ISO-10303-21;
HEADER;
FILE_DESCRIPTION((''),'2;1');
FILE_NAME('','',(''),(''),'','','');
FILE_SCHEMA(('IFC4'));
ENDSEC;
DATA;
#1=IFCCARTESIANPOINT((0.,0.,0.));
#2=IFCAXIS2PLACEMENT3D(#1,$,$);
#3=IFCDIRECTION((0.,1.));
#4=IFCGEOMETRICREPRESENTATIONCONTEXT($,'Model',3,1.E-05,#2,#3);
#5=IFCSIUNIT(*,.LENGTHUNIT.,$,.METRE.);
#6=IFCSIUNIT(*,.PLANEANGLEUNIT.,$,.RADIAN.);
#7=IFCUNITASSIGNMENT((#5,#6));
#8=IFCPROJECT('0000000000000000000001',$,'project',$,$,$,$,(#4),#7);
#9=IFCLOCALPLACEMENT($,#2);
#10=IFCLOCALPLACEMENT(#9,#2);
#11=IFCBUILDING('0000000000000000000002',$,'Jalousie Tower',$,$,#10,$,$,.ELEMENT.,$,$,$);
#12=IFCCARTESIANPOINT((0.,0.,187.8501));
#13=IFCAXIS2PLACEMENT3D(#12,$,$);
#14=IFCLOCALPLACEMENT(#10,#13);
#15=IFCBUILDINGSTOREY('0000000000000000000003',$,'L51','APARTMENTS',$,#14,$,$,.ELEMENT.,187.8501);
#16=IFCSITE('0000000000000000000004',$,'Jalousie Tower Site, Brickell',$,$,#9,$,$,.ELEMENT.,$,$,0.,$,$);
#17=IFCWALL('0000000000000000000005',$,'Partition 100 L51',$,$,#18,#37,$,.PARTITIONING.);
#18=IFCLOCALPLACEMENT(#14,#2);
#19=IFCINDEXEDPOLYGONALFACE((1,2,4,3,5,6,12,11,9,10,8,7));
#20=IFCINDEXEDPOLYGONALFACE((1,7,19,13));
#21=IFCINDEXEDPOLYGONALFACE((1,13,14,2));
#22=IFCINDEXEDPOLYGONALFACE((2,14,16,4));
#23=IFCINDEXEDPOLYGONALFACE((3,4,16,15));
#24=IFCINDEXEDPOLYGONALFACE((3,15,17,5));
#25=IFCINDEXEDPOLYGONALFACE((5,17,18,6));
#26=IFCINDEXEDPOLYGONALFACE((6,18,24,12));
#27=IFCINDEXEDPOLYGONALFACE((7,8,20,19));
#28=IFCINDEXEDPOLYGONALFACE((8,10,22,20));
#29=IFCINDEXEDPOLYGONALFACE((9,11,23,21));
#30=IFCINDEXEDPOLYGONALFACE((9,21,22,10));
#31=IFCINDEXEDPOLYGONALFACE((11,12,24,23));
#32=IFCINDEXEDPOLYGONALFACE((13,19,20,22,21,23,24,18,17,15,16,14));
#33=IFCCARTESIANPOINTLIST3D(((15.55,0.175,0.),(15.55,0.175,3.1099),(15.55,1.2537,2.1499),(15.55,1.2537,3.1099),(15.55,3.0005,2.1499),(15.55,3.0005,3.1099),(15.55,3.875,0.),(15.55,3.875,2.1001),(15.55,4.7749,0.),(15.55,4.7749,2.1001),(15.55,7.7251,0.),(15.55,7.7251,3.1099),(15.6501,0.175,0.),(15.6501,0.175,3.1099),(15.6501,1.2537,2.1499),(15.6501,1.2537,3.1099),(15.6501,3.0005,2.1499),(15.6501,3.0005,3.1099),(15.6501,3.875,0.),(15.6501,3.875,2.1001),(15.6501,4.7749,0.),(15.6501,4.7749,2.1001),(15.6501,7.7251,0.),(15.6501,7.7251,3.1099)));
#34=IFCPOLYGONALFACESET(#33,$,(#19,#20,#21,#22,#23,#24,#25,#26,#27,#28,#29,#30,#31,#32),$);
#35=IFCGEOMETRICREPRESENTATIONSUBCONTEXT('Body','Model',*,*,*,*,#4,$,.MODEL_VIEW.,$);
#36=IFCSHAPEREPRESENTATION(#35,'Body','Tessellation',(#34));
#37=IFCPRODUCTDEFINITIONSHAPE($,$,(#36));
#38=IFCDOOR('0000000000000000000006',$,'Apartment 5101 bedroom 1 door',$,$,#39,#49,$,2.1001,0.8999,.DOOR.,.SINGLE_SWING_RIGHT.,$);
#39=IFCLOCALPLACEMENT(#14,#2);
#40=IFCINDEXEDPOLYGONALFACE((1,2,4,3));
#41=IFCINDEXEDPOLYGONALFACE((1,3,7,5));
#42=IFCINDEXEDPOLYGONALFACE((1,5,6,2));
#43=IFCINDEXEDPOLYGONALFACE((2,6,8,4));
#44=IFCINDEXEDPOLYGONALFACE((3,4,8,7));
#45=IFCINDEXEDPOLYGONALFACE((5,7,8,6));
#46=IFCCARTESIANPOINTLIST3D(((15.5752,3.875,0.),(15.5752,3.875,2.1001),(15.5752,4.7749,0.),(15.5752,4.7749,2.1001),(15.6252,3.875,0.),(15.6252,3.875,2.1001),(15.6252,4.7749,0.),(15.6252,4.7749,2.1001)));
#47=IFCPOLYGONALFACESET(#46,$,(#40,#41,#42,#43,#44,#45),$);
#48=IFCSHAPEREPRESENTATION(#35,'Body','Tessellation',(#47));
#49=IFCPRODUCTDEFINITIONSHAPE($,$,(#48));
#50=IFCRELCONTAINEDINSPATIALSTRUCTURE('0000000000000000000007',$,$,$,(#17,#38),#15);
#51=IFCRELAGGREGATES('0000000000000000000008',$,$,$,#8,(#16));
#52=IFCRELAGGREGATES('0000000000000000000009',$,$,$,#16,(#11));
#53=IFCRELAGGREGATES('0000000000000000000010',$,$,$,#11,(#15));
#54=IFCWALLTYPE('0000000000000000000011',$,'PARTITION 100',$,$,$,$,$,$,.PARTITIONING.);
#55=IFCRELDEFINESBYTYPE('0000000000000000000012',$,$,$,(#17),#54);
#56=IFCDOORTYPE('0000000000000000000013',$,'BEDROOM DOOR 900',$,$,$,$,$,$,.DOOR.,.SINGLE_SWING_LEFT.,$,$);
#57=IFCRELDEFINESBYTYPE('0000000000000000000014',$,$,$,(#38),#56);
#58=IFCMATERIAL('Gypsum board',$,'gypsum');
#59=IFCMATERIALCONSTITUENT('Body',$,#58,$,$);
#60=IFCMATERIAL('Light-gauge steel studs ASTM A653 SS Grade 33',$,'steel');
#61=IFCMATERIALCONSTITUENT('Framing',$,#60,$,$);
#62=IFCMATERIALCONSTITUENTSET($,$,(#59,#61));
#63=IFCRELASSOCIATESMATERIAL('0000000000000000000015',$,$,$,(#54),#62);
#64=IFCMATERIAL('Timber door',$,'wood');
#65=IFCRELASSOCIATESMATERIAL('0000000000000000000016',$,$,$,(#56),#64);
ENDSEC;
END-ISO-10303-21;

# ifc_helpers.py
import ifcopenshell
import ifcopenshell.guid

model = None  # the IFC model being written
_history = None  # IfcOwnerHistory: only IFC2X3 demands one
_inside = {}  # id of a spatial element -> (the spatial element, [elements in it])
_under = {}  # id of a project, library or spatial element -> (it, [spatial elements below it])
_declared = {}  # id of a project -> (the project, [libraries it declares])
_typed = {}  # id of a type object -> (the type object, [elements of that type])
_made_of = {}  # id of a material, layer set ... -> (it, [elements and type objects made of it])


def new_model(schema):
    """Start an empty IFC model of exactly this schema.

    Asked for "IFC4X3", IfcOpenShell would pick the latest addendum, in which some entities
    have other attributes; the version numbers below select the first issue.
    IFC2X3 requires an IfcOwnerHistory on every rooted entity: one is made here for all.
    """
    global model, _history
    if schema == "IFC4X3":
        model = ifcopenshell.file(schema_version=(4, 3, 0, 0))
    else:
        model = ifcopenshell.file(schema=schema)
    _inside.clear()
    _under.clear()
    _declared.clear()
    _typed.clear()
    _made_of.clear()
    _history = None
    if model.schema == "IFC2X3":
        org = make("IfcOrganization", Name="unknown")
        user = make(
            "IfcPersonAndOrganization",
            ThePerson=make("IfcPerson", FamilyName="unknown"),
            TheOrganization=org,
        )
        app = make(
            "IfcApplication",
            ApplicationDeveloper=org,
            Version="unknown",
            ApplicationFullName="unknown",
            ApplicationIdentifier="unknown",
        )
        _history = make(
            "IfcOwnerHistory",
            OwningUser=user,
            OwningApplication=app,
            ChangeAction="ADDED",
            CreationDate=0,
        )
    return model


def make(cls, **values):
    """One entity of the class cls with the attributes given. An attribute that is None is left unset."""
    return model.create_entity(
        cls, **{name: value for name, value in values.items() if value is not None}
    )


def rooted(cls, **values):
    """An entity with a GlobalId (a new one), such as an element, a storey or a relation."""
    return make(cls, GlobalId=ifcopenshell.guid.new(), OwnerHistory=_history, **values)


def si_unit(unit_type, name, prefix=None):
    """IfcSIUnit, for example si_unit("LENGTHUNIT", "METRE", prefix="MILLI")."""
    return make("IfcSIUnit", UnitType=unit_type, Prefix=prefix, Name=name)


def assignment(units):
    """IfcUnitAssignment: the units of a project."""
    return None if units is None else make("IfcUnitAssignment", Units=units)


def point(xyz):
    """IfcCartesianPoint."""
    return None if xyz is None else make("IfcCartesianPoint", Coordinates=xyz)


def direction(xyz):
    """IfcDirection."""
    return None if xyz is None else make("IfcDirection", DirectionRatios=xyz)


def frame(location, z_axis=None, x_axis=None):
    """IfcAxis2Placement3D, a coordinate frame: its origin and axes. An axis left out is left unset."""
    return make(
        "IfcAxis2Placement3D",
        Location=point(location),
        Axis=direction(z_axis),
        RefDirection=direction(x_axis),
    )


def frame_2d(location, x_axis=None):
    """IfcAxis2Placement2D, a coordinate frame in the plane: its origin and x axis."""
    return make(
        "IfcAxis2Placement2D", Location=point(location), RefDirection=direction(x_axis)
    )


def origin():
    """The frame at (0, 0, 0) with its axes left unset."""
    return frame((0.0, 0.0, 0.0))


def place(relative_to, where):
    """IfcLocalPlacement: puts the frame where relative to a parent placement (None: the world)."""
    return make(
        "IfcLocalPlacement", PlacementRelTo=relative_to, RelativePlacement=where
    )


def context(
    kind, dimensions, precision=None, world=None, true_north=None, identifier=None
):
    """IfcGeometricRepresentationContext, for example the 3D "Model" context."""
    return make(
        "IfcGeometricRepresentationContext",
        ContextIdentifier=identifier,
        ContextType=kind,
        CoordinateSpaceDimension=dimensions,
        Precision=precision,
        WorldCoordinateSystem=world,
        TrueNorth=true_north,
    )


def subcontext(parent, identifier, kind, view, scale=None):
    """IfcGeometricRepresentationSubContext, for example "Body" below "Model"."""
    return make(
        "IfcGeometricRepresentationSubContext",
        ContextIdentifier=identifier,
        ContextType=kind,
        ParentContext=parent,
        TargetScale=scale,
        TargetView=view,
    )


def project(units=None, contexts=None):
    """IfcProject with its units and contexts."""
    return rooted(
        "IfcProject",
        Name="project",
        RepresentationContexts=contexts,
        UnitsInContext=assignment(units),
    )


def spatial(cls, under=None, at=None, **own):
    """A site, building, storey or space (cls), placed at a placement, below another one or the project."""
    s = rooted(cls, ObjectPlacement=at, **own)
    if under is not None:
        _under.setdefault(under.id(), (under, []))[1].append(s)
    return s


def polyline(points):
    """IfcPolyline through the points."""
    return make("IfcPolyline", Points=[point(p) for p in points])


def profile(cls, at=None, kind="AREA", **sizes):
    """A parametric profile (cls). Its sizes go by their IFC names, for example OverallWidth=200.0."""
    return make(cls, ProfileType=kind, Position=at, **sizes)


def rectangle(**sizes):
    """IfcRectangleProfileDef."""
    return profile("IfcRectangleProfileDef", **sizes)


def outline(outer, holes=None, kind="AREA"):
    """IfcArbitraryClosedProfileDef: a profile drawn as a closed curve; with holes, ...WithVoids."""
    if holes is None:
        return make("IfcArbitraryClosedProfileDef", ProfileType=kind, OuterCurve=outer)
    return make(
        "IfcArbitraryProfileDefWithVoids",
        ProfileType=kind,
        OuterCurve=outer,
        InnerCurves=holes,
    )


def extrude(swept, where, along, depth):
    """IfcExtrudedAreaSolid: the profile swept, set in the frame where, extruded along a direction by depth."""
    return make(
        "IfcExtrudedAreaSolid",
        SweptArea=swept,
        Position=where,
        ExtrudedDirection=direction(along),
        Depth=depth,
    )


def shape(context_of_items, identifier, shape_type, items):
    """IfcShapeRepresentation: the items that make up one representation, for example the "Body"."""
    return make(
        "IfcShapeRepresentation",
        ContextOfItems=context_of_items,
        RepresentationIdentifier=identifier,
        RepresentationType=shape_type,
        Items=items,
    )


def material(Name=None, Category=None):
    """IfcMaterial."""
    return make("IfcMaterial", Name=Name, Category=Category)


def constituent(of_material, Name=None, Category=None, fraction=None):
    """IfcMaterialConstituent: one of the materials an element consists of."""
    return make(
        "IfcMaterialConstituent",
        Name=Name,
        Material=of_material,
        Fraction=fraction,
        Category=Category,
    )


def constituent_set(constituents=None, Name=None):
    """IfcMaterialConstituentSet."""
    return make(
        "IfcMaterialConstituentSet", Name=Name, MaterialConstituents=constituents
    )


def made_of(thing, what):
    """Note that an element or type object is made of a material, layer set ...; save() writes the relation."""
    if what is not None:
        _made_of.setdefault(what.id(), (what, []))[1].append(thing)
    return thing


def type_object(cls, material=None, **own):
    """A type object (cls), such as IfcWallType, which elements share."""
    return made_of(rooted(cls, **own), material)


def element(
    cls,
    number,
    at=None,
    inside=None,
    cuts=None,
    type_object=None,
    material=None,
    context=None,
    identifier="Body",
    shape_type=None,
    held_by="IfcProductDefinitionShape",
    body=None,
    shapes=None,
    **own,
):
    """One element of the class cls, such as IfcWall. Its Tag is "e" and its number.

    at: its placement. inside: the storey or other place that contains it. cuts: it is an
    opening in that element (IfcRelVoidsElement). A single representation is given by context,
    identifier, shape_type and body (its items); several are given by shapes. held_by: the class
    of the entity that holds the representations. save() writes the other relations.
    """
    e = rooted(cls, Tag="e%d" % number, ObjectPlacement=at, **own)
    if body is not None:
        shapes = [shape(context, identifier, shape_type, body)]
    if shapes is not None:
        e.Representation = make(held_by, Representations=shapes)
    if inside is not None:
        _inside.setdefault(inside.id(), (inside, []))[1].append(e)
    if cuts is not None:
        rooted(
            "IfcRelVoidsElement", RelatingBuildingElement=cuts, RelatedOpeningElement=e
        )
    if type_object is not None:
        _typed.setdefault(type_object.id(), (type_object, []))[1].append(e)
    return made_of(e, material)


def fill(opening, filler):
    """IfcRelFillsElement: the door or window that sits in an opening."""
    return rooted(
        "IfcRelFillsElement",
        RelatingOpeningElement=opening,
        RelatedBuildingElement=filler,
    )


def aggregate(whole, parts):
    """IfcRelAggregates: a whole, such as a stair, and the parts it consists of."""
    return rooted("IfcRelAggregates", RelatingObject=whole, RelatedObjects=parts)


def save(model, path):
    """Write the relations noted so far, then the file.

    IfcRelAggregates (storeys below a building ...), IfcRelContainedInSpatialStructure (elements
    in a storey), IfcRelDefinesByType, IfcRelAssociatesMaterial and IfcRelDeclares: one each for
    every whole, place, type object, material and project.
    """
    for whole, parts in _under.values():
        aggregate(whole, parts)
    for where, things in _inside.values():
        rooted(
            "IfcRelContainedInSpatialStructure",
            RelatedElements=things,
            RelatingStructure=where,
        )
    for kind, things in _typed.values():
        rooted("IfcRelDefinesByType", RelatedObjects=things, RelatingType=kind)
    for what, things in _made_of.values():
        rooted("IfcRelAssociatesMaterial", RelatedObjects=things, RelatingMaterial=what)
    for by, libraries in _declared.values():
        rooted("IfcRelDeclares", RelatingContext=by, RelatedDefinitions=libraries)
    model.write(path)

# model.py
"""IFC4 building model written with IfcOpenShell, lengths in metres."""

from ifc_helpers import new_model, si_unit, direction, frame, frame_2d, origin, place, context, subcontext, project, spatial, polyline, rectangle, outline, extrude, material, constituent, constituent_set, type_object, element, fill, save


model = new_model("IFC4")

# Units and contexts
model_context = context("Model", 3, precision=1e-05, world=origin(), true_north=direction((0.0, 1.0)))
body_context = subcontext(model_context, "Body", "Model", "MODEL_VIEW")
ifc_project = project(units=[si_unit("LENGTHUNIT", "METRE"), si_unit("PLANEANGLEUNIT", "RADIAN")], contexts=[model_context])

# Site, building, storey
site_placement = place(None, origin())
site = spatial("IfcSite", under=ifc_project, at=site_placement, Name="Jalousie Tower Site, Brickell", CompositionType="ELEMENT", RefElevation=0.0)
building_placement = place(site_placement, origin())
building = spatial("IfcBuilding", under=site, at=building_placement, Name="Jalousie Tower", CompositionType="ELEMENT")
storey_placement = place(building_placement, frame((0.0, 0.0, 187.8501)))
storey = spatial("IfcBuildingStorey", under=building, at=storey_placement, Name="L51", Description="APARTMENTS", CompositionType="ELEMENT", Elevation=187.8501)

# Wall, opening, door
ifc_material_1 = material(Name="Gypsum board", Category="gypsum")
ifc_constituent_1 = constituent(ifc_material_1, Name="Body")
ifc_material_2 = material(Name="Light-gauge steel studs ASTM A653 SS Grade 33", Category="steel")
ifc_constituent_2 = constituent(ifc_material_2, Name="Framing")
ifc_constituent_set_1 = constituent_set(constituents=[ifc_constituent_1, ifc_constituent_2])
wall_type_1 = type_object("IfcWallType", Name="PARTITION 100", PredefinedType="PARTITIONING", material=ifc_constituent_set_1)
wall_1_placement = place(storey_placement, frame((15.6001, 0.175, 0.0), z_axis=(0.0, 0.0, 1.0), x_axis=(0.0, 1.0, 0.0)))
wall_1 = element("IfcWall", 1, at=wall_1_placement, inside=storey, type_object=wall_type_1, Name="Partition 100 L51", PredefinedType="PARTITIONING", context=body_context, shape_type="SweptSolid", body=[
    extrude(outline(polyline([(0.0, 0.0), (7.55, 0.0), (7.55, 3.1099), (2.8254, 3.1099), (2.8254, 2.1499), (1.0786, 2.1499), (1.0786, 3.1099), (0.0, 3.1099), (0.0, 0.0)])), frame((0.0, 0.05, 0.0), z_axis=(0.0, -1.0, 0.0), x_axis=(1.0, 0.0, 0.0)), (0.0, 0.0, 1.0), 0.1001),
])
opening_1_placement = place(wall_1_placement, frame((3.7, 0.0, 0.0)))
opening_1 = element("IfcOpeningElement", 2, at=opening_1_placement, cuts=wall_1, PredefinedType="OPENING", context=body_context, shape_type="SweptSolid", body=[
    extrude(rectangle(XDim=0.8999, YDim=2.1001, at=frame_2d((0.45, 1.05))), frame((0.0, 0.0601, 0.0), z_axis=(0.0, -1.0, 0.0), x_axis=(1.0, 0.0, 0.0)), (0.0, 0.0, 1.0), 0.1201),
])
ifc_material_3 = material(Name="Timber door", Category="wood")
door_type_1 = type_object("IfcDoorType", Name="BEDROOM DOOR 900", OperationType="SINGLE_SWING_LEFT", PredefinedType="DOOR", material=ifc_material_3)
door_1_placement = place(opening_1_placement, origin())
door_1 = element("IfcDoor", 3, at=door_1_placement, inside=storey, type_object=door_type_1, Name="Apartment 5101 bedroom 1 door", OperationType="SINGLE_SWING_RIGHT", OverallHeight=2.1001, OverallWidth=0.8999, PredefinedType="DOOR", context=body_context, shape_type="SweptSolid", body=[
    extrude(rectangle(XDim=0.8999, YDim=2.1001, at=frame_2d((0.45, 1.05))), frame((0.0, 0.0249, 0.0), z_axis=(0.0, -1.0, 0.0), x_axis=(1.0, 0.0, 0.0)), (0.0, 0.0, 1.0), 0.05),
])
fill(opening_1, door_1)

save(model, "model.ifc")
